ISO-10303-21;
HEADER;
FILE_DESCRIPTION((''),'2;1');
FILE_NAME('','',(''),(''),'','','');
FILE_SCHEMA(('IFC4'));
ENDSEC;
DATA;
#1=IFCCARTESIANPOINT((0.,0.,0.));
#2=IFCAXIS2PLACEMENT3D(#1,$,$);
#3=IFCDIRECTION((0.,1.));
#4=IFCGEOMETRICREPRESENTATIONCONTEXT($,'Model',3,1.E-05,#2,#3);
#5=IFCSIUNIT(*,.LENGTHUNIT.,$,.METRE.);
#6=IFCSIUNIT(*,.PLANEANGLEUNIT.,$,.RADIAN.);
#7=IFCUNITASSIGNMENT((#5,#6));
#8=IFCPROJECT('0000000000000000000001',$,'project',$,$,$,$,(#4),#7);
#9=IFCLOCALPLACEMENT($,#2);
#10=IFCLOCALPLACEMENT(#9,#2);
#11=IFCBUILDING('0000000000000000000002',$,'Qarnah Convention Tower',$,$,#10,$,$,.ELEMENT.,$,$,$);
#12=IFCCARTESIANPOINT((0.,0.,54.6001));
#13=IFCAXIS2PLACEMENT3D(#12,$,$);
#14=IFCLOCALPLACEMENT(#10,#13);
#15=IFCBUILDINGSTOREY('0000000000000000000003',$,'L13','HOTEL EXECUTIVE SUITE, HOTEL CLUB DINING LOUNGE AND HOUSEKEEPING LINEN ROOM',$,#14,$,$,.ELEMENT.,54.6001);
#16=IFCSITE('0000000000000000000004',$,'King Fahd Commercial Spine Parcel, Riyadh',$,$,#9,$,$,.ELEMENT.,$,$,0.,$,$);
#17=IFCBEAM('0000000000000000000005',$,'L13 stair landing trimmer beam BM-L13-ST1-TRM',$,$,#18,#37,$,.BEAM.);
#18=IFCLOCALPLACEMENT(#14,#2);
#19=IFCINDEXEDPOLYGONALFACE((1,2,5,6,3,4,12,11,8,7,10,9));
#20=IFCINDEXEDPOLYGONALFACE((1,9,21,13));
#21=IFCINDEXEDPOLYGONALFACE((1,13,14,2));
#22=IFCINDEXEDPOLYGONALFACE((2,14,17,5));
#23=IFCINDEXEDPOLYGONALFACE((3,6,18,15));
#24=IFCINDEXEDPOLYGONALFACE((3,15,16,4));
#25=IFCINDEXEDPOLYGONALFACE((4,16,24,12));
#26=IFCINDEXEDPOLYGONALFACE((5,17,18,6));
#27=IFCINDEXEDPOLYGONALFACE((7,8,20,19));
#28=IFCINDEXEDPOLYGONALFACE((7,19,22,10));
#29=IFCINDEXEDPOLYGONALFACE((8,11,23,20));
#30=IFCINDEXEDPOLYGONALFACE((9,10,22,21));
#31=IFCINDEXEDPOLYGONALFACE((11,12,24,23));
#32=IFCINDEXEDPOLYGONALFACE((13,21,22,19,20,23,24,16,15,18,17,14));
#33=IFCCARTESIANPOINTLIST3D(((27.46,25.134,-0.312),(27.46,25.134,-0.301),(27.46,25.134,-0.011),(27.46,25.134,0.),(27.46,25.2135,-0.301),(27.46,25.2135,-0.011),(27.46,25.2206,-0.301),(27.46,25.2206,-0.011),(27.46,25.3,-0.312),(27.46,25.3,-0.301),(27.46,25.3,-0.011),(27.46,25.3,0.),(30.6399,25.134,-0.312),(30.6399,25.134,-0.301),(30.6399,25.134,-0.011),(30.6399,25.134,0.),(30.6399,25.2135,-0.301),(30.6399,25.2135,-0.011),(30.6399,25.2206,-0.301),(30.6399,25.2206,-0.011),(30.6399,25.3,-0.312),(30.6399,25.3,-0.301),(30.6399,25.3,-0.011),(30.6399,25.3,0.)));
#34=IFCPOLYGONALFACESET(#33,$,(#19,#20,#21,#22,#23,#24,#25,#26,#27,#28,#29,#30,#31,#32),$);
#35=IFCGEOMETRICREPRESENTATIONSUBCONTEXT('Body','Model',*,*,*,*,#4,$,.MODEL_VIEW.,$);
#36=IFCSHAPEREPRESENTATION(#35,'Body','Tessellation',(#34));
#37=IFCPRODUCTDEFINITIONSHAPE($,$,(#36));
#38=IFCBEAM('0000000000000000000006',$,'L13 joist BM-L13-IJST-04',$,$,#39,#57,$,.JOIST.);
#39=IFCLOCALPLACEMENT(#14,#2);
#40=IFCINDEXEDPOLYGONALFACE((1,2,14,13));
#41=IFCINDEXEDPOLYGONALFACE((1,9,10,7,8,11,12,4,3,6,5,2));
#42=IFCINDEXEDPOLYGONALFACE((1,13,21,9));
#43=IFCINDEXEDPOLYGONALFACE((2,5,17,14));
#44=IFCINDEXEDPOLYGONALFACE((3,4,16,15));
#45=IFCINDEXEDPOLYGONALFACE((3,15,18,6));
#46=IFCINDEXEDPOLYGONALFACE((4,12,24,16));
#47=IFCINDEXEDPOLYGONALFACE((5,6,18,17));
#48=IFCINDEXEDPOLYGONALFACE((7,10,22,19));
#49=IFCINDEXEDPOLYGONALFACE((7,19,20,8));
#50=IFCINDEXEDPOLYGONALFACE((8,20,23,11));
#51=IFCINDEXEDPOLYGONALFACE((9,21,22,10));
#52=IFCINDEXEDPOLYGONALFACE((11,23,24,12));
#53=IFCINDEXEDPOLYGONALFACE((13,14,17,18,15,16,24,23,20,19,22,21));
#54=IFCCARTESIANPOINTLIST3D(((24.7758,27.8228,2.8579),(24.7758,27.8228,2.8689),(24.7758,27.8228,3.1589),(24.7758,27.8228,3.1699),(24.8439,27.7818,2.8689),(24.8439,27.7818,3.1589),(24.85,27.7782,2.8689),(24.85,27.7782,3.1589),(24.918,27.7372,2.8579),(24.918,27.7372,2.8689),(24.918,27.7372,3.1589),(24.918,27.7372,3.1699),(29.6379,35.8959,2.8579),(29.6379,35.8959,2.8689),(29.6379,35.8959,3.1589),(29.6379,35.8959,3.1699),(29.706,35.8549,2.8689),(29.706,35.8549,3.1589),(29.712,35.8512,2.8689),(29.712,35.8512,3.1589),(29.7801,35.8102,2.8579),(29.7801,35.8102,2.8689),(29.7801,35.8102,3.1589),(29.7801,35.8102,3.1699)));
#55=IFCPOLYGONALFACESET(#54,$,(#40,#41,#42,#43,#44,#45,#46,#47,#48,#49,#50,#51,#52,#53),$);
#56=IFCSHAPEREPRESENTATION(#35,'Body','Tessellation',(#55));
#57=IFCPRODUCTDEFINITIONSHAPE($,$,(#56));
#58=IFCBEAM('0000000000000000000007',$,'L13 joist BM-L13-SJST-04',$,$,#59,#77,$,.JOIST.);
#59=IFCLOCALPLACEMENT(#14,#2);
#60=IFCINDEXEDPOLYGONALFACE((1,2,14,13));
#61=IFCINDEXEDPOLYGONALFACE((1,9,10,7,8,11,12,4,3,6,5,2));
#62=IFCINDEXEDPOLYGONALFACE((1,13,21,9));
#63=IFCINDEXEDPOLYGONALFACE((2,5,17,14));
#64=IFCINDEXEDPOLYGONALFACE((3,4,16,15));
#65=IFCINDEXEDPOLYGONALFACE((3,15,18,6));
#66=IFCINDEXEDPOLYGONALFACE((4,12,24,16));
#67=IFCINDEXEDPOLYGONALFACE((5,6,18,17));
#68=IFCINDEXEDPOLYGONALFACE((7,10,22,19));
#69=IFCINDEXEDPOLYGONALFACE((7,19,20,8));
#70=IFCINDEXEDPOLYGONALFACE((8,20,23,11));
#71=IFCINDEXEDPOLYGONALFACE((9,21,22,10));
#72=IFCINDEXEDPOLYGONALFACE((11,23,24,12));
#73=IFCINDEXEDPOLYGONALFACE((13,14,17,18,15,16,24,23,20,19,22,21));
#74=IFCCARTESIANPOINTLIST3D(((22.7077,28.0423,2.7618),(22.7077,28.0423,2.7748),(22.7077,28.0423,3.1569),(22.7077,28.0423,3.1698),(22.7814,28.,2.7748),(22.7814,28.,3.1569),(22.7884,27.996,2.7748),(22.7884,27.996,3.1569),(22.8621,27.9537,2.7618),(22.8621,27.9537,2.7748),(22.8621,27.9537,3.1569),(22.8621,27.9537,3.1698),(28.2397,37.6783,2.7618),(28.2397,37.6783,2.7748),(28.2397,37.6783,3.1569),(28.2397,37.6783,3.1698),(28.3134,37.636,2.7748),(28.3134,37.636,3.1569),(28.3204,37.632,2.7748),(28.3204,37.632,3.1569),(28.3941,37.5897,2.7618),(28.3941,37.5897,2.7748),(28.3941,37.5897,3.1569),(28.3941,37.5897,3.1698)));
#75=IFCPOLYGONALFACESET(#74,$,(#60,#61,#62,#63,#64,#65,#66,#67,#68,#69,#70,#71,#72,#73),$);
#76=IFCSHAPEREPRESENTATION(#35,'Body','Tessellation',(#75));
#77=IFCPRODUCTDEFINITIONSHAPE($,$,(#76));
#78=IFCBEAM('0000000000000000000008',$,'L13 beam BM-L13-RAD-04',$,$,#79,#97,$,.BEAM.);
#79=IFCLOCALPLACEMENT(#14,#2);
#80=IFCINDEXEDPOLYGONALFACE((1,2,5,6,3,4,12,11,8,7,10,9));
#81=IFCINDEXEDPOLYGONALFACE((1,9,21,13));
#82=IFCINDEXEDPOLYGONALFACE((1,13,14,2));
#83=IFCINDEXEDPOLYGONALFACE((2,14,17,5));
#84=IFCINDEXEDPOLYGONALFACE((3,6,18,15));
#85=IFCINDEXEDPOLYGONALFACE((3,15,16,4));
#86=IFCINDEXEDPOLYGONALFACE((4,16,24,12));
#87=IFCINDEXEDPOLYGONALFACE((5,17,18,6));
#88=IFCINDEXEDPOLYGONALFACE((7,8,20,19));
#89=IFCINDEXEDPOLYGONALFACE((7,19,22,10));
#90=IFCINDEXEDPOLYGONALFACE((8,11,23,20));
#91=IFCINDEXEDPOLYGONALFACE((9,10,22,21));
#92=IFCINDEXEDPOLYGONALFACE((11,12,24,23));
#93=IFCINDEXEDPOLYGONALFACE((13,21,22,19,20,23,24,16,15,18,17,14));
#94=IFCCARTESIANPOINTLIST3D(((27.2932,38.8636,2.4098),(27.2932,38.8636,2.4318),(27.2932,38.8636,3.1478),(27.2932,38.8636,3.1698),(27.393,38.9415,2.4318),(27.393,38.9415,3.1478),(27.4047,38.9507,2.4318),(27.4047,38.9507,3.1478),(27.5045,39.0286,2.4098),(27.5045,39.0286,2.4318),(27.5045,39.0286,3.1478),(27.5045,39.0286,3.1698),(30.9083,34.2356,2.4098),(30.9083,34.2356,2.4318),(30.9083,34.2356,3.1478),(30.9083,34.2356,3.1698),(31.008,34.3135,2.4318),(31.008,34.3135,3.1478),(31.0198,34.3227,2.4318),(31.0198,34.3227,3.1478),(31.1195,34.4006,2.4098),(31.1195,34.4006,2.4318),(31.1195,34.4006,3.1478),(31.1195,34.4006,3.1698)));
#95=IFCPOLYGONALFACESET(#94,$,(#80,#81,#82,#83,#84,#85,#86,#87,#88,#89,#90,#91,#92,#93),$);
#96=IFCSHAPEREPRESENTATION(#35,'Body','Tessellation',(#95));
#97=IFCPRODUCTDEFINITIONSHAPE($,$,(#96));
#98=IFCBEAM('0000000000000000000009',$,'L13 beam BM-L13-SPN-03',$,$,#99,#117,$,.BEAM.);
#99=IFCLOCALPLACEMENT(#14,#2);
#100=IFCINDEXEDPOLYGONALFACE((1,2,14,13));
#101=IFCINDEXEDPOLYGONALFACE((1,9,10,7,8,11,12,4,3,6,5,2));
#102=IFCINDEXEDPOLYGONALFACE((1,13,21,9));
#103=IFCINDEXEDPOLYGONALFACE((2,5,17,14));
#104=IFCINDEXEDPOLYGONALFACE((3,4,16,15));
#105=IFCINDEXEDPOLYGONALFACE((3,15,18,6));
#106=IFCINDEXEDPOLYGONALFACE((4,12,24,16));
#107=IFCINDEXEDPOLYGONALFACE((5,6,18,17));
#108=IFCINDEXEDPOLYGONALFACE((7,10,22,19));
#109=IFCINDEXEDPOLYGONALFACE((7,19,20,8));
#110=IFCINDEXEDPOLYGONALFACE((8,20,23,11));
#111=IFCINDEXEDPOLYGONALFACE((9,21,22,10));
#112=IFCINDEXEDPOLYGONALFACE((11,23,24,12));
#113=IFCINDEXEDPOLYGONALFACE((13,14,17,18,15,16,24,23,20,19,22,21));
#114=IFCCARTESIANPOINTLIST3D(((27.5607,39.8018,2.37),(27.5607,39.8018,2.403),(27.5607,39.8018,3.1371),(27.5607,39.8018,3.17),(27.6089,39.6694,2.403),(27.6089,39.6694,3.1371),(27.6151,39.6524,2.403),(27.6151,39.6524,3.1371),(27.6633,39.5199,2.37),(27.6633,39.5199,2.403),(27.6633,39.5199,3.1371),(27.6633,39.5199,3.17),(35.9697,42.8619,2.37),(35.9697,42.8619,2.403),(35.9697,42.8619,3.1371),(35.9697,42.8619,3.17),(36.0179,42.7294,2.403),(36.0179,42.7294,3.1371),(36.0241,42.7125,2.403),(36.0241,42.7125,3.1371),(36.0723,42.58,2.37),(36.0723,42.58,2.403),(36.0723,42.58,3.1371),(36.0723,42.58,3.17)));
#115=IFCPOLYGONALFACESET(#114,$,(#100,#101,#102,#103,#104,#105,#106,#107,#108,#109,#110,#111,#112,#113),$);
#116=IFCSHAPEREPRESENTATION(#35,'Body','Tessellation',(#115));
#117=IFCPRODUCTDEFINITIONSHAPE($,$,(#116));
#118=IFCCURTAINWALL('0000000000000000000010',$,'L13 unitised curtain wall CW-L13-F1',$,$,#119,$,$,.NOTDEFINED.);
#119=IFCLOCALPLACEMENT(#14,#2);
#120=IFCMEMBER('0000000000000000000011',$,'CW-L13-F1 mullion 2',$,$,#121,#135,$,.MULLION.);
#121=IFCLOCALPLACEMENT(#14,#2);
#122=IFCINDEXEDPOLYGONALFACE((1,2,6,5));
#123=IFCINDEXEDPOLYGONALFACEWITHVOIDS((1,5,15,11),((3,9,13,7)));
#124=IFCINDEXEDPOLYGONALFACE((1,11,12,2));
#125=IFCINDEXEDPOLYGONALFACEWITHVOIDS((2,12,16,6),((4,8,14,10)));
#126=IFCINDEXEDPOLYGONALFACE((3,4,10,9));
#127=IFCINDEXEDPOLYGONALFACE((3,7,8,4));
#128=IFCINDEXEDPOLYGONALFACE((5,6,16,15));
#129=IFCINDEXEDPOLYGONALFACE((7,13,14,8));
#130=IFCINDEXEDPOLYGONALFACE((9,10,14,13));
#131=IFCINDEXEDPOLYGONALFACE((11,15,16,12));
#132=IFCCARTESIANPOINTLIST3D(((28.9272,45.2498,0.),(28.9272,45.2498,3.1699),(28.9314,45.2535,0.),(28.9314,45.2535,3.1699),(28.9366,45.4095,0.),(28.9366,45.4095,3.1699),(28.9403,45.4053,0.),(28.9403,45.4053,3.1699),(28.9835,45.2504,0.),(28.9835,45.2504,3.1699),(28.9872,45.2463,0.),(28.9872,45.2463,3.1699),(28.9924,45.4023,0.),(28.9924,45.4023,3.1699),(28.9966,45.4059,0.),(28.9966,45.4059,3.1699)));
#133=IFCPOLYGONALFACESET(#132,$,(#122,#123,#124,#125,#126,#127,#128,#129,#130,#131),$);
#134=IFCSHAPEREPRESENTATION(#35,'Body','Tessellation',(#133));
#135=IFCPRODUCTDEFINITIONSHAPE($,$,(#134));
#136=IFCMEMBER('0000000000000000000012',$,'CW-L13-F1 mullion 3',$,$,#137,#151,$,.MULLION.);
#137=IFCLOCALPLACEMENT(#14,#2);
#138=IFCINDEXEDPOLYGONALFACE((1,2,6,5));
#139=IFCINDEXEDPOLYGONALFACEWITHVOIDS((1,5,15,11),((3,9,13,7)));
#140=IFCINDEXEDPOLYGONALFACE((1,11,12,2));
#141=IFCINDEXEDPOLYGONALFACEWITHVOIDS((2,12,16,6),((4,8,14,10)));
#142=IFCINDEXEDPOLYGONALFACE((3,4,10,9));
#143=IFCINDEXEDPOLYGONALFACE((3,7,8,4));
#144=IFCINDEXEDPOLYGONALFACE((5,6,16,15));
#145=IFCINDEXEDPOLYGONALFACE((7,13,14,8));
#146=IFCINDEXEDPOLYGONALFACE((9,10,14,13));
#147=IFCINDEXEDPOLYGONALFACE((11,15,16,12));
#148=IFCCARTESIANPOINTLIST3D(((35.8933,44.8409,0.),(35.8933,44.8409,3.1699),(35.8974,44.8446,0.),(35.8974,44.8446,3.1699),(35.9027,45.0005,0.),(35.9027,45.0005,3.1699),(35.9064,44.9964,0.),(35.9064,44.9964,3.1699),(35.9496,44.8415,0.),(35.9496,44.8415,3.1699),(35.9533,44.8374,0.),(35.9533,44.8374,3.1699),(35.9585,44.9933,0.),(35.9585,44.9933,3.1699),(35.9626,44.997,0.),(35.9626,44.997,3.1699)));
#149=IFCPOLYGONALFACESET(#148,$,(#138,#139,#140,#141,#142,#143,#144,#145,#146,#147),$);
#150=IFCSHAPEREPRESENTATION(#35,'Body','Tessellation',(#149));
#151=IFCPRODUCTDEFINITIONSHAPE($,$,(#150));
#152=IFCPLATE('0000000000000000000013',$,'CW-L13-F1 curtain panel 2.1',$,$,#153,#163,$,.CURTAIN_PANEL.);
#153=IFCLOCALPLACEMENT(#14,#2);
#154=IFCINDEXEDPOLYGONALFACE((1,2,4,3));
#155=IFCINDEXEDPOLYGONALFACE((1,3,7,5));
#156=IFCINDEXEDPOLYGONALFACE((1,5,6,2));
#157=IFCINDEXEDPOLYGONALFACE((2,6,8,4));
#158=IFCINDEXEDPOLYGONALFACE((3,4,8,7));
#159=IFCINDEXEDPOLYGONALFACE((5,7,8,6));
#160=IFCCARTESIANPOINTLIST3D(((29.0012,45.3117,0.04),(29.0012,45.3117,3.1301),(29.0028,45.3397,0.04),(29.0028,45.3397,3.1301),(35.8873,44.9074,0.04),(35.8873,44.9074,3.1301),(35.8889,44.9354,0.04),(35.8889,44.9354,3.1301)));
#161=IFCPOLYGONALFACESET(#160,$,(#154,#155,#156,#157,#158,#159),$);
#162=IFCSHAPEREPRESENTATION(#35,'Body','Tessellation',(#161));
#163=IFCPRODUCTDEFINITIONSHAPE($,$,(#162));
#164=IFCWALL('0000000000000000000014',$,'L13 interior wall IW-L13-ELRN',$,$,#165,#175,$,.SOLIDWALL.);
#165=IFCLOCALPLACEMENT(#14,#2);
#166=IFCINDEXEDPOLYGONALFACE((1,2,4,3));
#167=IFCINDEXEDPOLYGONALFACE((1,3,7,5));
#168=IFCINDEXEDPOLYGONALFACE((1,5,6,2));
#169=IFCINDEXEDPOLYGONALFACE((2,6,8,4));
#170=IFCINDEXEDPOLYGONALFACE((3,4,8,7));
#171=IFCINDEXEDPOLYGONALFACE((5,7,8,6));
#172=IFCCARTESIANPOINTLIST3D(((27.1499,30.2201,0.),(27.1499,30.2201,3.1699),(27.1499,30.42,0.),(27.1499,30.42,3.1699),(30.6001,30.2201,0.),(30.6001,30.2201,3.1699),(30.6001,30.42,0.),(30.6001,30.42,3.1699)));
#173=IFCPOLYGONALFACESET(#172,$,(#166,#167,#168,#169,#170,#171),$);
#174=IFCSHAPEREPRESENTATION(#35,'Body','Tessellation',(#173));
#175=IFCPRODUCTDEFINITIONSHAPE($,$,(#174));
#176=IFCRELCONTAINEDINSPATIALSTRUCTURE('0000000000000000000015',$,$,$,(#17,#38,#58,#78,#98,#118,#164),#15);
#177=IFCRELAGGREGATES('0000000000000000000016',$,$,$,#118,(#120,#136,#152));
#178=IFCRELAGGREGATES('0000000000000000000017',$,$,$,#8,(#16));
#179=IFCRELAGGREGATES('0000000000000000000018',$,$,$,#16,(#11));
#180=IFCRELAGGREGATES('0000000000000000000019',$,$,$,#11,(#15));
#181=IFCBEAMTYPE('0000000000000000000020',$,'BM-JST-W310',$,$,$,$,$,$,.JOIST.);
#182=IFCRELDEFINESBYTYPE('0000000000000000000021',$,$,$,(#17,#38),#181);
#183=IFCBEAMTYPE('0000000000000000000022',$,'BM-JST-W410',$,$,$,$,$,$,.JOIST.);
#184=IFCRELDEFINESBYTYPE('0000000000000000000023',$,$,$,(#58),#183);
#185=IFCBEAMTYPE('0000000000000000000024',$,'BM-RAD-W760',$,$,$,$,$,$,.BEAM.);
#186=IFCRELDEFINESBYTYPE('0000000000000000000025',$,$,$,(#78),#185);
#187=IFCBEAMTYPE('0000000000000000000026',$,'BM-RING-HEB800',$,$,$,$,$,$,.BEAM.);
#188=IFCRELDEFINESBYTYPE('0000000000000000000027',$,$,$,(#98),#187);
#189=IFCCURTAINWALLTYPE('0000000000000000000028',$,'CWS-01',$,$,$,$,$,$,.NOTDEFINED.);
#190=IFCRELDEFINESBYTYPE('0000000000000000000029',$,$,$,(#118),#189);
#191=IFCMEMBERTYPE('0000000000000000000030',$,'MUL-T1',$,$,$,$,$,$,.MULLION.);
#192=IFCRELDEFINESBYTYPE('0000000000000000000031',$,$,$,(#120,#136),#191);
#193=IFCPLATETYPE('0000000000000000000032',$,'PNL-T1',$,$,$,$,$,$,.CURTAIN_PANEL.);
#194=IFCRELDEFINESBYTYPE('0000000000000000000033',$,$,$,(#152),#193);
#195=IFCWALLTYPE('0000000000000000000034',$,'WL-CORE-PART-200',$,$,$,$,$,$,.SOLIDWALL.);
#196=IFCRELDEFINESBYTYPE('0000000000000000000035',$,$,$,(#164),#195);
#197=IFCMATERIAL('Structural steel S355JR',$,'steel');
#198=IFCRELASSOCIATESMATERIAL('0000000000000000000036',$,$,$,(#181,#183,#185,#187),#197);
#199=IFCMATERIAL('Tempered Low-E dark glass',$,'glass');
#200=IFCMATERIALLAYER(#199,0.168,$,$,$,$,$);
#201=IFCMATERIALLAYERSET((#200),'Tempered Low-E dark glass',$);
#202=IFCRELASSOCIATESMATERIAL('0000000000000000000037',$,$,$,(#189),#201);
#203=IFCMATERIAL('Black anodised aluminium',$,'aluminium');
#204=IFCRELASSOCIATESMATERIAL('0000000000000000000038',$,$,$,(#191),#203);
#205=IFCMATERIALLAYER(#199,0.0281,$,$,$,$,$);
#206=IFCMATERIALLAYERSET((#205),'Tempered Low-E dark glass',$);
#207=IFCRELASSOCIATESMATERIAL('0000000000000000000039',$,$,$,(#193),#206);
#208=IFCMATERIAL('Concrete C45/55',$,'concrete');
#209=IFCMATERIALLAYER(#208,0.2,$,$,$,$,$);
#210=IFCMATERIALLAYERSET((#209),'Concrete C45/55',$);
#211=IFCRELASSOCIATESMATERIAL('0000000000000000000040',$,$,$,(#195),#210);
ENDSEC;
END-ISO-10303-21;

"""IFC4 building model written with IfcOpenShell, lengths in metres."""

from ifc_helpers import new_model, si_unit, direction, frame, frame_2d, origin, origin_2d, place, context, subcontext, project, spatial, rectangle, hollow_rectangle, i_section, extrude, material, layer, layer_set, material_profile, profile_set, type_object, element, aggregate, save


model = new_model("IFC4")

# Units and contexts
model_context = context("Model", 3, precision=1e-05, world=origin(), true_north=direction((0.0, 1.0)))
body_context = subcontext(model_context, "Body", "Model", "MODEL_VIEW")
ifc_project = project(units=[si_unit("LENGTHUNIT", "METRE"), si_unit("PLANEANGLEUNIT", "RADIAN")], contexts=[model_context])

# Site, building, storey
site_placement = place(None, origin())
site = spatial("IfcSite", under=ifc_project, at=site_placement, Name="King Fahd Commercial Spine Parcel, Riyadh", CompositionType="ELEMENT", RefElevation=0.0)
building_placement = place(site_placement, origin())
building = spatial("IfcBuilding", under=site, at=building_placement, Name="Qarnah Convention Tower", CompositionType="ELEMENT")
storey_placement = place(building_placement, frame((0.0, 0.0, 54.6001)))
storey = spatial("IfcBuildingStorey", under=building, at=storey_placement, Name="L13", Description="HOTEL EXECUTIVE SUITE, HOTEL CLUB DINING LOUNGE AND HOUSEKEEPING LINEN ROOM", CompositionType="ELEMENT", Elevation=54.6001)

# Beams
ifc_material_1 = material(Name="Structural steel S355JR", Category="steel")
ifc_material_profile_1 = material_profile(ifc_material_1, i_section(OverallWidth=0.166, OverallDepth=0.312, WebThickness=0.0071, FlangeThickness=0.011, at=origin_2d()), Name="W310X45")
ifc_profile_set_1 = profile_set([ifc_material_profile_1], Name="Structural steel S355JR")
beam_type_1 = type_object("IfcBeamType", Name="BM-JST-W310", PredefinedType="JOIST", material=ifc_profile_set_1)
beam_1_placement = place(storey_placement, frame((27.46, 25.217, -0.156), z_axis=(1.0, 0.0, 0.0), x_axis=(0.0, 1.0, 0.0)))
element("IfcBeam", 1, at=beam_1_placement, inside=storey, type_object=beam_type_1, Name="L13 stair landing trimmer beam BM-L13-ST1-TRM", PredefinedType="BEAM", context=body_context, shape_type="SweptSolid", body=[
    extrude(i_section(OverallWidth=0.166, OverallDepth=0.312, WebThickness=0.0071, FlangeThickness=0.011, at=origin_2d()), origin(), (0.0, 0.0, 1.0), 3.1799),
])
beam_2_placement = place(storey_placement, frame((29.709, 35.853, 3.0139), z_axis=(-0.51592, -0.856637, 0.0), x_axis=(0.856637, -0.51592, 0.0)))
element("IfcBeam", 2, at=beam_2_placement, inside=storey, type_object=beam_type_1, Name="L13 joist BM-L13-IJST-04", PredefinedType="JOIST", context=body_context, shape_type="SweptSolid", body=[
    extrude(i_section(OverallWidth=0.166, OverallDepth=0.312, WebThickness=0.0071, FlangeThickness=0.011, at=origin_2d()), origin(), (0.0, 0.0, 1.0), 9.4241),
])
ifc_material_profile_2 = material_profile(ifc_material_1, i_section(OverallWidth=0.178, OverallDepth=0.408, WebThickness=0.0081, FlangeThickness=0.0129, at=origin_2d()), Name="W410X60")
ifc_profile_set_2 = profile_set([ifc_material_profile_2], Name="Structural steel S355JR")
beam_type_2 = type_object("IfcBeamType", Name="BM-JST-W410", PredefinedType="JOIST", material=ifc_profile_set_2)
beam_3_placement = place(storey_placement, frame((28.3169, 37.634, 2.9658), z_axis=(-0.497882, -0.867245, 0.0), x_axis=(0.867245, -0.497882, 0.0)))
element("IfcBeam", 3, at=beam_3_placement, inside=storey, type_object=beam_type_2, Name="L13 joist BM-L13-SJST-04", PredefinedType="JOIST", context=body_context, shape_type="SweptSolid", body=[
    extrude(i_section(OverallWidth=0.178, OverallDepth=0.408, WebThickness=0.0081, FlangeThickness=0.0129, at=origin_2d()), origin(), (0.0, 0.0, 1.0), 11.1111),
])
ifc_material_profile_3 = material_profile(ifc_material_1, i_section(OverallWidth=0.2681, OverallDepth=0.76, WebThickness=0.0149, FlangeThickness=0.022, at=origin_2d()), Name="W760X185")
ifc_profile_set_3 = profile_set([ifc_material_profile_3], Name="Structural steel S355JR")
beam_type_3 = type_object("IfcBeamType", Name="BM-RAD-W760", PredefinedType="BEAM", material=ifc_profile_set_3)
beam_4_placement = place(storey_placement, frame((31.0139, 34.3181, 2.7898), z_axis=(-0.615583, 0.788072, 0.0), x_axis=(-0.788072, -0.615583, 0.0)))
element("IfcBeam", 4, at=beam_4_placement, inside=storey, type_object=beam_type_3, Name="L13 beam BM-L13-RAD-04", PredefinedType="BEAM", context=body_context, shape_type="SweptSolid", body=[
    extrude(i_section(OverallWidth=0.2681, OverallDepth=0.76, WebThickness=0.0149, FlangeThickness=0.022, at=origin_2d()), origin(), (0.0, 0.0, 1.0), 5.8726),
])
ifc_material_profile_4 = material_profile(ifc_material_1, i_section(OverallWidth=0.3, OverallDepth=0.8, WebThickness=0.0181, FlangeThickness=0.033, at=origin_2d()), Name="HEB800")
ifc_profile_set_4 = profile_set([ifc_material_profile_4], Name="Structural steel S355JR")
beam_type_4 = type_object("IfcBeamType", Name="BM-RING-HEB800", PredefinedType="BEAM", material=ifc_profile_set_4)
beam_5_placement = place(storey_placement, frame((36.021, 42.7209, 2.77), z_axis=(-0.939712, -0.341966, 0.0), x_axis=(0.341966, -0.939712, 0.0)))
element("IfcBeam", 5, at=beam_5_placement, inside=storey, type_object=beam_type_4, Name="L13 beam BM-L13-SPN-03", PredefinedType="BEAM", context=body_context, shape_type="SweptSolid", body=[
    extrude(i_section(OverallWidth=0.3, OverallDepth=0.8, WebThickness=0.0181, FlangeThickness=0.033, at=origin_2d()), origin(), (0.0, 0.0, 1.0), 8.9485),
])

# Curtain wall, members, plate
ifc_material_2 = material(Name="Tempered Low-E dark glass", Category="glass")
ifc_layer_1 = layer(ifc_material_2, 0.168)
ifc_layer_set_1 = layer_set([ifc_layer_1], Name="Tempered Low-E dark glass")
curtain_wall_type = type_object("IfcCurtainWallType", Name="CWS-01", PredefinedType="NOTDEFINED", material=ifc_layer_set_1)
curtain_wall_placement = place(storey_placement, origin())
curtain_wall = element("IfcCurtainWall", 6, at=curtain_wall_placement, inside=storey, type_object=curtain_wall_type, Name="L13 unitised curtain wall CW-L13-F1", PredefinedType="NOTDEFINED")
ifc_material_3 = material(Name="Black anodised aluminium", Category="aluminium")
ifc_material_profile_5 = material_profile(ifc_material_3, hollow_rectangle(XDim=0.0601, YDim=0.1599, WallThickness=0.0039, at=origin_2d()), Name="MUL-60X160")
ifc_profile_set_5 = profile_set([ifc_material_profile_5], Name="Black anodised aluminium")
member_type = type_object("IfcMemberType", Name="MUL-T1", PredefinedType="MULLION", material=ifc_profile_set_5)
member_1_placement = place(storey_placement, frame((28.9619, 45.3279, 0.0), z_axis=(0.0, 0.0, 1.0), x_axis=(0.998281, -0.058613, 0.0)))
member_1 = element("IfcMember", 7, at=member_1_placement, type_object=member_type, Name="CW-L13-F1 mullion 2", PredefinedType="MULLION", context=body_context, shape_type="SweptSolid", body=[
    extrude(hollow_rectangle(XDim=0.0601, YDim=0.1599, WallThickness=0.0039, at=origin_2d()), origin(), (0.0, 0.0, 1.0), 3.1699),
])
member_2_placement = place(storey_placement, frame((35.928, 44.9189, 0.0), z_axis=(0.0, 0.0, 1.0), x_axis=(0.998281, -0.058613, 0.0)))
member_2 = element("IfcMember", 8, at=member_2_placement, type_object=member_type, Name="CW-L13-F1 mullion 3", PredefinedType="MULLION", context=body_context, shape_type="SweptSolid", body=[
    extrude(hollow_rectangle(XDim=0.0601, YDim=0.1599, WallThickness=0.0039, at=origin_2d()), origin(), (0.0, 0.0, 1.0), 3.1699),
])
ifc_layer_2 = layer(ifc_material_2, 0.0281)
ifc_layer_set_2 = layer_set([ifc_layer_2], Name="Tempered Low-E dark glass")
plate_type = type_object("IfcPlateType", Name="PNL-T1", PredefinedType="CURTAIN_PANEL", material=ifc_layer_set_2)
plate_placement = place(storey_placement, frame((32.4451, 45.1235, 0.04), z_axis=(0.0, 0.0, 1.0), x_axis=(0.998281, -0.058613, 0.0)))
plate = element("IfcPlate", 9, at=plate_placement, type_object=plate_type, Name="CW-L13-F1 curtain panel 2.1", PredefinedType="CURTAIN_PANEL", context=body_context, shape_type="SweptSolid", body=[
    extrude(rectangle(XDim=6.8979, YDim=0.0281, at=origin_2d()), origin(), (0.0, 0.0, 1.0), 3.0901),
])
aggregate(curtain_wall, [member_1, member_2, plate])

# Wall
ifc_material_4 = material(Name="Concrete C45/55", Category="concrete")
ifc_layer_3 = layer(ifc_material_4, 0.2)
ifc_layer_set_3 = layer_set([ifc_layer_3], Name="Concrete C45/55")
wall_type_1 = type_object("IfcWallType", Name="WL-CORE-PART-200", PredefinedType="SOLIDWALL", material=ifc_layer_set_3)
wall_1_placement = place(storey_placement, frame((27.1499, 30.3201, 0.0), z_axis=(0.0, 0.0, 1.0), x_axis=(1.0, 0.0, 0.0)))
element("IfcWall", 10, at=wall_1_placement, inside=storey, type_object=wall_type_1, Name="L13 interior wall IW-L13-ELRN", PredefinedType="SOLIDWALL", context=body_context, shape_type="SweptSolid", body=[
    extrude(rectangle(XDim=3.4502, YDim=0.2, at=frame_2d((1.7251, 0.0))), origin(), (0.0, 0.0, 1.0), 3.1699),
])

save(model, "model.ifc")
